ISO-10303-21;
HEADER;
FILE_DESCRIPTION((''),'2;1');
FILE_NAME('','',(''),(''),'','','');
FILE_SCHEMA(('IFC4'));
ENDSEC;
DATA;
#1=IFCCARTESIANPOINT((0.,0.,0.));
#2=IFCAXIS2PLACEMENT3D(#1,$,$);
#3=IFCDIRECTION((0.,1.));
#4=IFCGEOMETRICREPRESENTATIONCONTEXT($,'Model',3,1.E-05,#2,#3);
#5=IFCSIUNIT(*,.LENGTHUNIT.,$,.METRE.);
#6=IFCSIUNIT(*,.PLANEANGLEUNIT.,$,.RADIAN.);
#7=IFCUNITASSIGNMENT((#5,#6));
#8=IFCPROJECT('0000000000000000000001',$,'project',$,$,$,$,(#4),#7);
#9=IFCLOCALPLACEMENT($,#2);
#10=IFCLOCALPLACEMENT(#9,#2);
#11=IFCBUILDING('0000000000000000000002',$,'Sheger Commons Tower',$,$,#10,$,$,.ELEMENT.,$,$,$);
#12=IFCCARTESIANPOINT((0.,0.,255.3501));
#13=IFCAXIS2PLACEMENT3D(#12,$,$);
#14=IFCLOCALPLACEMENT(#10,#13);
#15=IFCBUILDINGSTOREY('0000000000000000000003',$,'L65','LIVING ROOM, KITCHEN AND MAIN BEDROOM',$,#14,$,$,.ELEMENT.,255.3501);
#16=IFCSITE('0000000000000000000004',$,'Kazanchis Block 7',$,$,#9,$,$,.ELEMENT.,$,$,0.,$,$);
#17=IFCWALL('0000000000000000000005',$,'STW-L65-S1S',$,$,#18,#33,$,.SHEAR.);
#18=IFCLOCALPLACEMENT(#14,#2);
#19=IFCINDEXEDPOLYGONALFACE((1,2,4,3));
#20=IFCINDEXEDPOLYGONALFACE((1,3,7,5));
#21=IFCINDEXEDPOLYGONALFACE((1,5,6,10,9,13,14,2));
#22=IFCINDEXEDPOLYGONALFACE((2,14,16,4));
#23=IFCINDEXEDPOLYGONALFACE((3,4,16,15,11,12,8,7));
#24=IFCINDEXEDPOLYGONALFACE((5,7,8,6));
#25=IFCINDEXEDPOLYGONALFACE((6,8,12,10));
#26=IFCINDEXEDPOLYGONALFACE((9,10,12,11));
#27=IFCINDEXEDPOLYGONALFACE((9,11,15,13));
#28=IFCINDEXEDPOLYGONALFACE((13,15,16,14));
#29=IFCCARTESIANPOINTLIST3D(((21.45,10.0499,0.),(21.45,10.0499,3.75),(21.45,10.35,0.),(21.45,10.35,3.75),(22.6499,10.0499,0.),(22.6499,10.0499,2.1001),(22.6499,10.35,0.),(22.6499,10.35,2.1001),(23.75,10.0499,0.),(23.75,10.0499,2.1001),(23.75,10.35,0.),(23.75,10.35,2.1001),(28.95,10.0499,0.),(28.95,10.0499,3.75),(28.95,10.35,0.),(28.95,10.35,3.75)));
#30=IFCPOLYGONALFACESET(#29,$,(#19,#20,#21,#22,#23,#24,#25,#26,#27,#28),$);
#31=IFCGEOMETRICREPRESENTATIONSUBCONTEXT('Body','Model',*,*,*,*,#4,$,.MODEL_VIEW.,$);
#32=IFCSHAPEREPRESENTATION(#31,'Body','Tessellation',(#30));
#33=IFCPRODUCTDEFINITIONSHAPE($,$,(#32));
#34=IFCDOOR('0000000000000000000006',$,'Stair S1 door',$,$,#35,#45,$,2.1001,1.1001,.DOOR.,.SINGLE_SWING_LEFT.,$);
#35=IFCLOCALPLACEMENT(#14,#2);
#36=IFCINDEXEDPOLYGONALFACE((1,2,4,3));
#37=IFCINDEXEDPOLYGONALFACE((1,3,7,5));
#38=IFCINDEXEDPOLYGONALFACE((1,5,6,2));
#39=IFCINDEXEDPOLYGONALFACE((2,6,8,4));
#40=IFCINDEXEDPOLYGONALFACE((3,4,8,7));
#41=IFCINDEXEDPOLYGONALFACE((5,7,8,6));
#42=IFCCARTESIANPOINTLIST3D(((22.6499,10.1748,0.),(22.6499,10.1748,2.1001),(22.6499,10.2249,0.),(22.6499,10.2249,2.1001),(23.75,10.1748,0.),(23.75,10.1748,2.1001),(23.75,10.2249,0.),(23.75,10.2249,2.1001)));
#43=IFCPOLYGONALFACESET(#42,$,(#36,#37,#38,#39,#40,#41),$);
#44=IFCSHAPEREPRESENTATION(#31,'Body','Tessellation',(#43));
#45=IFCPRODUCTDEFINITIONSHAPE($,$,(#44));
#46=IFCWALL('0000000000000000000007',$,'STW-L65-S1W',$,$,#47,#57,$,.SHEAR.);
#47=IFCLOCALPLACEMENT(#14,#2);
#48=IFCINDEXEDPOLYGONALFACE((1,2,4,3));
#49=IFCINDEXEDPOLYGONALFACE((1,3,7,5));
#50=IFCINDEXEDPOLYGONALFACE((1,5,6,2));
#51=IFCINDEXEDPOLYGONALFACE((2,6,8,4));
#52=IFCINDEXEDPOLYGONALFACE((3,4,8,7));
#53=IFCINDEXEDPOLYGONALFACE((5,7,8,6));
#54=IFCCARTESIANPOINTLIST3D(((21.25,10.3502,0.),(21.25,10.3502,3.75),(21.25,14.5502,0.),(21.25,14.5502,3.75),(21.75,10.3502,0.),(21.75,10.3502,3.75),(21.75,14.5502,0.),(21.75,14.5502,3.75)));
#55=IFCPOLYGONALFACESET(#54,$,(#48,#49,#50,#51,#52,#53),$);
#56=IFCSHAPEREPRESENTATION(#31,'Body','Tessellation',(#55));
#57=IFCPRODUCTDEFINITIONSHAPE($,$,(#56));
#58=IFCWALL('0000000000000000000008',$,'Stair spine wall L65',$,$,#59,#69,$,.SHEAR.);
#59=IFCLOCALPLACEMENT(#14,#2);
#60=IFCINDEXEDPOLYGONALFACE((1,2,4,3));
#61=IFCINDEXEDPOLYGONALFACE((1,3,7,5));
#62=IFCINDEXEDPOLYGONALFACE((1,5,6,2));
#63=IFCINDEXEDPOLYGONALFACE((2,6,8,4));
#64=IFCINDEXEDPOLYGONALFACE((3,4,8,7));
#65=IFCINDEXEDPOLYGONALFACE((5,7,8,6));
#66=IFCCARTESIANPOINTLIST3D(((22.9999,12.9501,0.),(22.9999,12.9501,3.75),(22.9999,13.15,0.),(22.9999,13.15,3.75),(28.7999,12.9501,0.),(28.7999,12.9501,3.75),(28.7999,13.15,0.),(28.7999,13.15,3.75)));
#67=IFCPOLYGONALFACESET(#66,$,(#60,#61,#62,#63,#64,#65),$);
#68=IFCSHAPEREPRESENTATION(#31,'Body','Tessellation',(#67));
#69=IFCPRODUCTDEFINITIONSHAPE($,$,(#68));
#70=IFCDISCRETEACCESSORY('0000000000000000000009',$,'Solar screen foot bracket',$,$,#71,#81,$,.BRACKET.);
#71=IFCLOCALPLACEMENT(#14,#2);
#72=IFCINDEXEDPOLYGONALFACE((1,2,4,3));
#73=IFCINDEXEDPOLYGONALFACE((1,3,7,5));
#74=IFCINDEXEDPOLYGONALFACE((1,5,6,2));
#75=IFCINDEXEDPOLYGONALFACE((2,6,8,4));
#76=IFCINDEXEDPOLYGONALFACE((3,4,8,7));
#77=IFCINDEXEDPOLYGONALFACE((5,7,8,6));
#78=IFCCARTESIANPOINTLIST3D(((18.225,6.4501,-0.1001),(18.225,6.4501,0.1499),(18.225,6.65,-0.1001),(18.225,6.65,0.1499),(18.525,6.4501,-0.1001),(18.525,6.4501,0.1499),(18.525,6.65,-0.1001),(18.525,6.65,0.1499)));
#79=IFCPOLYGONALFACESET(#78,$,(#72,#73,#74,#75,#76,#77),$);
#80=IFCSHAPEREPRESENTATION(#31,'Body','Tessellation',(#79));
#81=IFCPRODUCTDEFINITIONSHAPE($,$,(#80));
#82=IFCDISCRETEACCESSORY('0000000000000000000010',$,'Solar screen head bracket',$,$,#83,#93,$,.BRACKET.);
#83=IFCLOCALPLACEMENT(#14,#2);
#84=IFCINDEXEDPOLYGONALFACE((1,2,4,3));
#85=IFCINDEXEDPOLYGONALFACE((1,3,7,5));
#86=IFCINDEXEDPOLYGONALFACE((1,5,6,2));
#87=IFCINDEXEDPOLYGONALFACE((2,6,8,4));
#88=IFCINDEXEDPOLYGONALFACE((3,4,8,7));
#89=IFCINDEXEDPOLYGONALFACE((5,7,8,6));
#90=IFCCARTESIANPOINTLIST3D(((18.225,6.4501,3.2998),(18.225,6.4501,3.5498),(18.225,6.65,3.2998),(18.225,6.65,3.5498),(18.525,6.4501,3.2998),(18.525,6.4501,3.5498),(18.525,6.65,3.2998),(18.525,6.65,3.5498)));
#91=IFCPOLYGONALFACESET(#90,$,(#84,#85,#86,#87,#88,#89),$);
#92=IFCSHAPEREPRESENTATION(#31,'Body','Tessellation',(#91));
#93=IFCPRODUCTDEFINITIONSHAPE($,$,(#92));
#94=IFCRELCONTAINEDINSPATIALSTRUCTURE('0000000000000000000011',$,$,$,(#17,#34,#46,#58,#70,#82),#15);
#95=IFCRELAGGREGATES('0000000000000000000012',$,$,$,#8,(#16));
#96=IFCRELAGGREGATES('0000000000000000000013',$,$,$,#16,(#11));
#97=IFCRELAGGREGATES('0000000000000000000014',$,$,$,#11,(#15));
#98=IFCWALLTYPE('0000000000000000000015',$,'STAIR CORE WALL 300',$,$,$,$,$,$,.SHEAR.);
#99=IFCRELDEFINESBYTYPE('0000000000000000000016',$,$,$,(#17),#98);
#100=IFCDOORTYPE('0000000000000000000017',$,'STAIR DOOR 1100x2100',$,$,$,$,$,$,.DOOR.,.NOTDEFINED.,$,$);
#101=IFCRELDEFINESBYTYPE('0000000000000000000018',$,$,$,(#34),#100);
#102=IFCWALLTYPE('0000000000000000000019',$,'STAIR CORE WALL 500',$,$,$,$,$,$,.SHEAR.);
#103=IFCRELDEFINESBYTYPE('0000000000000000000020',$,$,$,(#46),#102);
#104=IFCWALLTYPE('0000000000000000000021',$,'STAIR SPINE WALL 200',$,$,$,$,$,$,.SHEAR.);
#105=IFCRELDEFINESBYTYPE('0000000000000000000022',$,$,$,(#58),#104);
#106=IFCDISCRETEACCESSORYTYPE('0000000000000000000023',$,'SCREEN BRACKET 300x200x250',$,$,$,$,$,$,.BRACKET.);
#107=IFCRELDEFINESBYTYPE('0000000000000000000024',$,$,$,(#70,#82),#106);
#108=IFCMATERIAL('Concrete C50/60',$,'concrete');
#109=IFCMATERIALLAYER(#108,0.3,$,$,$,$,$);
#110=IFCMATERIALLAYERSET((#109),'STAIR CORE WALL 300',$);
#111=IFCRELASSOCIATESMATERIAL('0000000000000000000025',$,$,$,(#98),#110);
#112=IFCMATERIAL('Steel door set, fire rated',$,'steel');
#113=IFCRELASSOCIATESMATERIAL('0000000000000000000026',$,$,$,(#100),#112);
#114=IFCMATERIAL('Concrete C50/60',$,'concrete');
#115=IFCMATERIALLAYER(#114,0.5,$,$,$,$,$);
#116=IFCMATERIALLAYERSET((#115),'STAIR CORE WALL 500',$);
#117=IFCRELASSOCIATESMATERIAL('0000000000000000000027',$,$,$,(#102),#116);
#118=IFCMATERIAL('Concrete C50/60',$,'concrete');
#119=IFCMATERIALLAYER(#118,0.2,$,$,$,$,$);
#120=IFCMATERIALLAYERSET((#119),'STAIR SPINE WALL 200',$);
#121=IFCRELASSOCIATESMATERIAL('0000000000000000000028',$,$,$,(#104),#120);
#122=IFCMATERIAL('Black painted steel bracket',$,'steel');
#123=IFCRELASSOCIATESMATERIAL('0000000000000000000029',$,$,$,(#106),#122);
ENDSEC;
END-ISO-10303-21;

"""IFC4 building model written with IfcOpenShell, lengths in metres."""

from ifc_helpers import new_model, si_unit, direction, frame, frame_2d, origin, origin_2d, place, context, subcontext, project, spatial, rectangle, extrude, material, layer, layer_set, type_object, element, fill, save


model = new_model("IFC4")

# Units and contexts
model_context = context("Model", 3, precision=1e-05, world=origin(), true_north=direction((0.0, 1.0)))
body_context = subcontext(model_context, "Body", "Model", "MODEL_VIEW")
ifc_project = project(units=[si_unit("LENGTHUNIT", "METRE"), si_unit("PLANEANGLEUNIT", "RADIAN")], contexts=[model_context])

# Site, building, storey
site_placement = place(None, origin())
site = spatial("IfcSite", under=ifc_project, at=site_placement, Name="Kazanchis Block 7", CompositionType="ELEMENT", RefElevation=0.0)
building_placement = place(site_placement, origin())
building = spatial("IfcBuilding", under=site, at=building_placement, Name="Sheger Commons Tower", CompositionType="ELEMENT")
storey_placement = place(building_placement, frame((0.0, 0.0, 255.3501)))
storey = spatial("IfcBuildingStorey", under=building, at=storey_placement, Name="L65", Description="LIVING ROOM, KITCHEN AND MAIN BEDROOM", CompositionType="ELEMENT", Elevation=255.3501)

# Wall, opening, door
ifc_material_1 = material(Name="Concrete C50/60", Category="concrete")
ifc_layer_1 = layer(ifc_material_1, 0.3)
ifc_layer_set_1 = layer_set([ifc_layer_1], Name="STAIR CORE WALL 300")
wall_type_1 = type_object("IfcWallType", Name="STAIR CORE WALL 300", PredefinedType="SHEAR", material=ifc_layer_set_1)
wall_1_placement = place(storey_placement, frame((21.45, 10.2, 0.0), z_axis=(0.0, 0.0, 1.0), x_axis=(1.0, 0.0, 0.0)))
wall_1 = element("IfcWall", 1, at=wall_1_placement, inside=storey, type_object=wall_type_1, Name="STW-L65-S1S", PredefinedType="SHEAR", context=body_context, shape_type="SweptSolid", body=[
    extrude(rectangle(XDim=7.5, YDim=0.3, at=frame_2d((3.75, 0.0))), origin(), (0.0, 0.0, 1.0), 3.75),
])
opening_placement = place(wall_1_placement, frame((1.2, 0.0, 0.0)))
opening = element("IfcOpeningElement", 2, at=opening_placement, cuts=wall_1, PredefinedType="OPENING", context=body_context, shape_type="SweptSolid", body=[
    extrude(rectangle(XDim=1.1001, YDim=2.1001, at=frame_2d((0.55, 1.05))), frame((0.0, 0.1599, 0.0), z_axis=(0.0, -1.0, 0.0), x_axis=(1.0, 0.0, 0.0)), (0.0, 0.0, 1.0), 0.3201),
])
ifc_material_2 = material(Name="Steel door set, fire rated", Category="steel")
door_type = type_object("IfcDoorType", Name="STAIR DOOR 1100x2100", OperationType="NOTDEFINED", PredefinedType="DOOR", material=ifc_material_2)
door_placement = place(opening_placement, origin())
door = element("IfcDoor", 3, at=door_placement, inside=storey, type_object=door_type, Name="Stair S1 door", OperationType="SINGLE_SWING_LEFT", OverallHeight=2.1001, OverallWidth=1.1001, PredefinedType="DOOR", context=body_context, shape_type="SweptSolid", body=[
    extrude(rectangle(XDim=1.1001, YDim=2.1001, at=frame_2d((0.55, 1.05))), frame((0.0, 0.0249, 0.0), z_axis=(0.0, -1.0, 0.0), x_axis=(1.0, 0.0, 0.0)), (0.0, 0.0, 1.0), 0.05),
])
fill(opening, door)

# Walls
ifc_material_3 = material(Name="Concrete C50/60", Category="concrete")
ifc_layer_2 = layer(ifc_material_3, 0.5)
ifc_layer_set_2 = layer_set([ifc_layer_2], Name="STAIR CORE WALL 500")
wall_type_2 = type_object("IfcWallType", Name="STAIR CORE WALL 500", PredefinedType="SHEAR", material=ifc_layer_set_2)
wall_2_placement = place(storey_placement, frame((21.5, 10.3501, 0.0), z_axis=(0.0, 0.0, 1.0), x_axis=(0.0, 1.0, 0.0)))
element("IfcWall", 4, at=wall_2_placement, inside=storey, type_object=wall_type_2, Name="STW-L65-S1W", PredefinedType="SHEAR", context=body_context, shape_type="SweptSolid", body=[
    extrude(rectangle(XDim=4.2, YDim=0.5, at=frame_2d((2.1001, 0.0))), origin(), (0.0, 0.0, 1.0), 3.75),
])
ifc_material_4 = material(Name="Concrete C50/60", Category="concrete")
ifc_layer_3 = layer(ifc_material_4, 0.2)
ifc_layer_set_3 = layer_set([ifc_layer_3], Name="STAIR SPINE WALL 200")
wall_type_3 = type_object("IfcWallType", Name="STAIR SPINE WALL 200", PredefinedType="SHEAR", material=ifc_layer_set_3)
wall_3_placement = place(storey_placement, frame((23.0, 13.05, 0.0), z_axis=(0.0, 0.0, 1.0), x_axis=(1.0, 0.0, 0.0)))
element("IfcWall", 5, at=wall_3_placement, inside=storey, type_object=wall_type_3, Name="Stair spine wall L65", PredefinedType="SHEAR", context=body_context, shape_type="SweptSolid", body=[
    extrude(rectangle(XDim=5.8, YDim=0.2, at=frame_2d((2.8999, 0.0))), origin(), (0.0, 0.0, 1.0), 3.75),
])

# Discrete accessories
ifc_material_5 = material(Name="Black painted steel bracket", Category="steel")
discrete_accessory_type = type_object("IfcDiscreteAccessoryType", Name="SCREEN BRACKET 300x200x250", PredefinedType="BRACKET", material=ifc_material_5)
for number, where, z_axis, x_axis, name in (
    (6, (18.375, 6.55, -0.1001), (0.0, 0.0, 1.0), (1.0, 0.0, 0.0), "Solar screen foot bracket"),
    (7, (18.375, 6.55, 3.2998), (0.0, 0.0, 1.0), (1.0, 0.0, 0.0), "Solar screen head bracket"),
):
    element("IfcDiscreteAccessory", number, at=place(storey_placement, frame(where, z_axis=z_axis, x_axis=x_axis)), inside=storey, type_object=discrete_accessory_type, Name=name, PredefinedType="BRACKET", context=body_context, shape_type="SweptSolid", body=[
        extrude(rectangle(XDim=0.3, YDim=0.2, at=origin_2d()), origin(), (0.0, 0.0, 1.0), 0.25),
    ])

save(model, "model.ifc")
